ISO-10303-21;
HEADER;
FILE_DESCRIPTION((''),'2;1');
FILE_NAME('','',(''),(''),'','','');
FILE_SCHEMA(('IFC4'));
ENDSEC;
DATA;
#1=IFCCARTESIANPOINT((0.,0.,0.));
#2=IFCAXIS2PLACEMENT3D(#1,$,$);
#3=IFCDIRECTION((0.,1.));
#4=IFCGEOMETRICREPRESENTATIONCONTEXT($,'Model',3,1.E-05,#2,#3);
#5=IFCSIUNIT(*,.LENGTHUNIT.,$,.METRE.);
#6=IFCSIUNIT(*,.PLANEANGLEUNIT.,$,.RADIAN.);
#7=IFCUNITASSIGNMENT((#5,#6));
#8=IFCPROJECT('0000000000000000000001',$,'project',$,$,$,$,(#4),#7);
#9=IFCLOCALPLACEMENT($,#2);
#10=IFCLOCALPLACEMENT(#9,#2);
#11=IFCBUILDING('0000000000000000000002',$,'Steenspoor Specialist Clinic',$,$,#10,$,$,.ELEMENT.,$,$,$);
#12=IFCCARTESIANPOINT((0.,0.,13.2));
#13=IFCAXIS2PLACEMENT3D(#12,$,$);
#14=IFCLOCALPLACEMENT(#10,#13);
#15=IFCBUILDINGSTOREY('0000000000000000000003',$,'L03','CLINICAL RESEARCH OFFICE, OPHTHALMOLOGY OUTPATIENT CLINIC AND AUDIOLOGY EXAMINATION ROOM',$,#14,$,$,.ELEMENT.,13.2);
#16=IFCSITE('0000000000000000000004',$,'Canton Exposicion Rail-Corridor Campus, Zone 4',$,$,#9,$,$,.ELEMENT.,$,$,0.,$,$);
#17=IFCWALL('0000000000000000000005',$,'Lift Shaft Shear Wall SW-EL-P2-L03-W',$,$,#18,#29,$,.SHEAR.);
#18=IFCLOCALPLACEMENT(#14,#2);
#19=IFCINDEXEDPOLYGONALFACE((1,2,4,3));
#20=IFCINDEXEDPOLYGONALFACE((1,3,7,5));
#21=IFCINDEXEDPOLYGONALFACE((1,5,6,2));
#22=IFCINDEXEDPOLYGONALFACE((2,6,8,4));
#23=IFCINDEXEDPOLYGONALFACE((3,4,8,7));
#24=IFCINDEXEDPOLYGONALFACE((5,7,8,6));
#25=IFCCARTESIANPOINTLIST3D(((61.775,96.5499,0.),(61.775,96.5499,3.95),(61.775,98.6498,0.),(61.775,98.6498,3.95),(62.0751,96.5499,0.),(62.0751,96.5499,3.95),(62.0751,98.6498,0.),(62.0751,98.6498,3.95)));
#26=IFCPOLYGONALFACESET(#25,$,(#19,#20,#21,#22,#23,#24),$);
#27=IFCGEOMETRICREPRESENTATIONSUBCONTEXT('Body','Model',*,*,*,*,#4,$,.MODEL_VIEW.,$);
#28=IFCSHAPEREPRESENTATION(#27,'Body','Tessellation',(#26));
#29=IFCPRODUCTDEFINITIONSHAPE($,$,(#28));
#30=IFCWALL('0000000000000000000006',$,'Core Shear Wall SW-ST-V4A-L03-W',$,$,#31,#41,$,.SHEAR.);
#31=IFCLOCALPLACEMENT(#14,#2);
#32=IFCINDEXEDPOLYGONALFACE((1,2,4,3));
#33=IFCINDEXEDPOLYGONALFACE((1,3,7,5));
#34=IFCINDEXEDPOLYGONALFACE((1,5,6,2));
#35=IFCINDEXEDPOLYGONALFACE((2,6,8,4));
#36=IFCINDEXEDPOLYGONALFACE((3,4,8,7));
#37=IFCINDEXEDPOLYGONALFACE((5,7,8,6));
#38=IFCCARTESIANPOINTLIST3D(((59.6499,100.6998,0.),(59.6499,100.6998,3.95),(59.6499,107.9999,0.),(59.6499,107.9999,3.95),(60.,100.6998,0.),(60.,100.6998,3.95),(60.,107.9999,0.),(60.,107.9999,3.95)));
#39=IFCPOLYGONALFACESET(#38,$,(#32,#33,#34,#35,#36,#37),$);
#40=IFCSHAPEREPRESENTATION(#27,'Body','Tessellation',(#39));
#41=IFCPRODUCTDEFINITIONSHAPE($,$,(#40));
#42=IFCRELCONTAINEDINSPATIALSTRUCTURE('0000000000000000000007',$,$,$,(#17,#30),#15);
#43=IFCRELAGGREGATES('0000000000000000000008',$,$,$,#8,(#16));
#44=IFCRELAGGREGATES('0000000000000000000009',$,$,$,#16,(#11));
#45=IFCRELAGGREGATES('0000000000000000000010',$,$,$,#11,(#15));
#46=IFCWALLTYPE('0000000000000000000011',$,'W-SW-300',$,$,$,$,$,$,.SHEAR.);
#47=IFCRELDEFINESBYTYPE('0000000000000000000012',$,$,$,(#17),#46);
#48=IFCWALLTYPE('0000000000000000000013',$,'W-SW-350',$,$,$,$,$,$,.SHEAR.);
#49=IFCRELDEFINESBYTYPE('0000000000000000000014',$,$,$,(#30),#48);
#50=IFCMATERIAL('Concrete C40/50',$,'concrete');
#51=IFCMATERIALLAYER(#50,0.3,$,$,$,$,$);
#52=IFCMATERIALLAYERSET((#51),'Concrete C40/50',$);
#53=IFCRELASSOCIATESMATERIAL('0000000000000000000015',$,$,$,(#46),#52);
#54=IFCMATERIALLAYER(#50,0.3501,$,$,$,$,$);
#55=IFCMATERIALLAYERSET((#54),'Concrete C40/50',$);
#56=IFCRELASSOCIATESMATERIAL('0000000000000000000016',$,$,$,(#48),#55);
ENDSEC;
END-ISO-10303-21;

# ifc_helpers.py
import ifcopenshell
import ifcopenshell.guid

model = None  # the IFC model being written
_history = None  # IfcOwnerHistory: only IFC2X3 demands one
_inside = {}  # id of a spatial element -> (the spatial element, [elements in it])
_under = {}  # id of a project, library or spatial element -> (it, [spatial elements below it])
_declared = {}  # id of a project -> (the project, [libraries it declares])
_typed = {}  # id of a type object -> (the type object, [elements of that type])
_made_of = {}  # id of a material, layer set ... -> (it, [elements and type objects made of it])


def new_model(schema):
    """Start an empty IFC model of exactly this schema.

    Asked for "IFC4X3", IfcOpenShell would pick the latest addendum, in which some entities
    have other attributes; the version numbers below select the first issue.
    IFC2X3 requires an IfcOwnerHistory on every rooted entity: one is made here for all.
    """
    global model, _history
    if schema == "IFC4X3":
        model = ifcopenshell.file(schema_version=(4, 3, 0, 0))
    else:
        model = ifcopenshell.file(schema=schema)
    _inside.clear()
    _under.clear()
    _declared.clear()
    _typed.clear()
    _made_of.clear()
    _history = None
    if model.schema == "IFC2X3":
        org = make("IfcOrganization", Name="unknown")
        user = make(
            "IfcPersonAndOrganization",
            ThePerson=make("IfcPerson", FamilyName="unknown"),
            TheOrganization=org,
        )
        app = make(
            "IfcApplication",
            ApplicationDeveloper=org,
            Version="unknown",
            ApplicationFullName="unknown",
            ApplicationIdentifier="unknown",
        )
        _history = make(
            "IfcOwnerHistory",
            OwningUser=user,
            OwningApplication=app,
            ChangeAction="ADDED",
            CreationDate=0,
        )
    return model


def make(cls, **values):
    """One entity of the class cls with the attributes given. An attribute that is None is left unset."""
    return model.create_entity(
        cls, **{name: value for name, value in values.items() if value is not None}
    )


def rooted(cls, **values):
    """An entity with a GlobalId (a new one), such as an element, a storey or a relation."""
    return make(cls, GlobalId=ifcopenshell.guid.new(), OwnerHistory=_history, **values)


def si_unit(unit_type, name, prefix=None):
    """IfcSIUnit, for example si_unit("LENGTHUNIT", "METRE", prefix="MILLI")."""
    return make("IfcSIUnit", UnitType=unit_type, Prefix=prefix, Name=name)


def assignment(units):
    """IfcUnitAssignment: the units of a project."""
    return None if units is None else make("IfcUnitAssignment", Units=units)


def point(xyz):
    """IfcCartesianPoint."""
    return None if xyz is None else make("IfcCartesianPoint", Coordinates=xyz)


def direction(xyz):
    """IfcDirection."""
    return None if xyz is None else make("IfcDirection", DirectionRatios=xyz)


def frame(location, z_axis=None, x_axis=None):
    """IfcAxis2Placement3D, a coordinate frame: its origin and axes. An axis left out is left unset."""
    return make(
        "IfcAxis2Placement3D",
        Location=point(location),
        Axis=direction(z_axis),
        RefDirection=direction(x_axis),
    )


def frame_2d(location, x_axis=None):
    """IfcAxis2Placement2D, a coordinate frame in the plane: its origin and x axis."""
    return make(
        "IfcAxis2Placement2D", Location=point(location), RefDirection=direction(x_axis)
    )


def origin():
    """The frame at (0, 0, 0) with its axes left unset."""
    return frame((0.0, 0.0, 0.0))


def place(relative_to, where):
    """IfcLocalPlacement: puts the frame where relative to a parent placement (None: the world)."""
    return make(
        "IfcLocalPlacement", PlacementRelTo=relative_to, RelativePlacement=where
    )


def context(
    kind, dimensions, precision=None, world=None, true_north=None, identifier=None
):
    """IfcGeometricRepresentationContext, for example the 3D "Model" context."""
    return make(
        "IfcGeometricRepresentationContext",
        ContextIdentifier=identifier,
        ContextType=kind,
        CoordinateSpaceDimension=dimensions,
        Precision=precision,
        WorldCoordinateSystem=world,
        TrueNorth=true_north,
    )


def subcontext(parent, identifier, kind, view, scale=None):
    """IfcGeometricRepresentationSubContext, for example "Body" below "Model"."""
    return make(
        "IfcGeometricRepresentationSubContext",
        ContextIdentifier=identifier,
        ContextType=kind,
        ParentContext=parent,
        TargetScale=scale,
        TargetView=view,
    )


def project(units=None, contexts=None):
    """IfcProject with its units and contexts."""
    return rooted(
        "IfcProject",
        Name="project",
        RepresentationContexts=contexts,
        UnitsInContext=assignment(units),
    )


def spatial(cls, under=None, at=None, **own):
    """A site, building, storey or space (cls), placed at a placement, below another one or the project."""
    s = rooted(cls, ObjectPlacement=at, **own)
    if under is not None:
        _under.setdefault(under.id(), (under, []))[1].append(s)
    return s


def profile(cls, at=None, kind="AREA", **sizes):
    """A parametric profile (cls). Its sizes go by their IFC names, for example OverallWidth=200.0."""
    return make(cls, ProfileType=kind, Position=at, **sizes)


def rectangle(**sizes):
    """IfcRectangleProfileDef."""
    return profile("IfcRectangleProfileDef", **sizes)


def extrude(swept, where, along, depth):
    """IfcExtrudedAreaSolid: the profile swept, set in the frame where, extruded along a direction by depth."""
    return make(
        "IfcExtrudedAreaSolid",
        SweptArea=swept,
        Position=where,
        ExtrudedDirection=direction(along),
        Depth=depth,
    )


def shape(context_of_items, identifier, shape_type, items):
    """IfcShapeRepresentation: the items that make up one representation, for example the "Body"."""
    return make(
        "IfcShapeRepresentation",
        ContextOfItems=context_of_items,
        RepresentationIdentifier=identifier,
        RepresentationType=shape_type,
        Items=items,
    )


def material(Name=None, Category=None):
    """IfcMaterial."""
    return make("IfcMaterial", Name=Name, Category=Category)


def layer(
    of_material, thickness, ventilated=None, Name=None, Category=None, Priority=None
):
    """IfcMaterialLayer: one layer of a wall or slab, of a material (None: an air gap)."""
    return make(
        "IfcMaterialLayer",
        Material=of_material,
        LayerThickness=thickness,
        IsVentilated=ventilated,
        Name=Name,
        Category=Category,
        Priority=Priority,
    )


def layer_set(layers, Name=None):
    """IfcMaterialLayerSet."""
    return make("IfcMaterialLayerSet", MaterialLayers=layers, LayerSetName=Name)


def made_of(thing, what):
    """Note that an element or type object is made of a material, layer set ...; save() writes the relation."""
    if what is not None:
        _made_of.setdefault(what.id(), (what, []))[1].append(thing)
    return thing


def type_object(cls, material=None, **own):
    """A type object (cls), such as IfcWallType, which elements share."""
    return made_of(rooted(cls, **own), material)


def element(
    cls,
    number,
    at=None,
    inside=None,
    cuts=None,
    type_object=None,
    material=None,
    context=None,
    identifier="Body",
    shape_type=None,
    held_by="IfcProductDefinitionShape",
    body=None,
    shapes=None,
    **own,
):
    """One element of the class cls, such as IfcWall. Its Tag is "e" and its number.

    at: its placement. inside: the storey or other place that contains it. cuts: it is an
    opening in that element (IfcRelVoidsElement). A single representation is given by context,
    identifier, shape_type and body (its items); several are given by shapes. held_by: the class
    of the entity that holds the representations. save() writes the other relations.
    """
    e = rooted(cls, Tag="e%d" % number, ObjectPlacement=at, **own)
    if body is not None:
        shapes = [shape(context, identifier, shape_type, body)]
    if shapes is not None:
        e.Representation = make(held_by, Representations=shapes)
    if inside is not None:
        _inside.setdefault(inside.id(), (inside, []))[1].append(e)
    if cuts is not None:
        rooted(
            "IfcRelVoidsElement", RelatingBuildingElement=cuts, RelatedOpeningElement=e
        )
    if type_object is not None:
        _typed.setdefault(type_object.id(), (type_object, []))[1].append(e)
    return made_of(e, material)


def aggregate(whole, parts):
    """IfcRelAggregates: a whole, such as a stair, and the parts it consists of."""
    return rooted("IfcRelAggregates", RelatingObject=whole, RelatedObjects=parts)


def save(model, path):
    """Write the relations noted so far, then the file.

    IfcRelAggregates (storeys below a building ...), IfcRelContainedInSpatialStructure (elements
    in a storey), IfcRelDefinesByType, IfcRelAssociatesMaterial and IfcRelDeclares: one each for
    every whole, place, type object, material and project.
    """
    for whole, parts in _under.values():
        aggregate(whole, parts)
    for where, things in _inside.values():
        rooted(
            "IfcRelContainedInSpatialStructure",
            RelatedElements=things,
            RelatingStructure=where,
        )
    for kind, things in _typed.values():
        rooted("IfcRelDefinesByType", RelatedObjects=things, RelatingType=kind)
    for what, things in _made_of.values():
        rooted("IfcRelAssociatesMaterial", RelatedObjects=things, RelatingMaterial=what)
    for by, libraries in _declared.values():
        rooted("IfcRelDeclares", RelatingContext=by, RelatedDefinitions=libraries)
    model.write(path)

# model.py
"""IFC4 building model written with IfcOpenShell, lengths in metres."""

from ifc_helpers import new_model, si_unit, direction, frame, frame_2d, origin, place, context, subcontext, project, spatial, rectangle, extrude, material, layer, layer_set, type_object, element, save


model = new_model("IFC4")

# Units and contexts
model_context = context("Model", 3, precision=1e-05, world=origin(), true_north=direction((0.0, 1.0)))
body_context = subcontext(model_context, "Body", "Model", "MODEL_VIEW")
ifc_project = project(units=[si_unit("LENGTHUNIT", "METRE"), si_unit("PLANEANGLEUNIT", "RADIAN")], contexts=[model_context])

# Site, building, storey
site_placement = place(None, origin())
site = spatial("IfcSite", under=ifc_project, at=site_placement, Name="Canton Exposicion Rail-Corridor Campus, Zone 4", CompositionType="ELEMENT", RefElevation=0.0)
building_placement = place(site_placement, origin())
building = spatial("IfcBuilding", under=site, at=building_placement, Name="Steenspoor Specialist Clinic", CompositionType="ELEMENT")
storey_placement = place(building_placement, frame((0.0, 0.0, 13.2)))
storey = spatial("IfcBuildingStorey", under=building, at=storey_placement, Name="L03", Description="CLINICAL RESEARCH OFFICE, OPHTHALMOLOGY OUTPATIENT CLINIC AND AUDIOLOGY EXAMINATION ROOM", CompositionType="ELEMENT", Elevation=13.2)

# Shared definitions
ifc_material_1 = material(Name="Concrete C40/50", Category="concrete")

# Wall
ifc_layer_1 = layer(ifc_material_1, 0.3)
ifc_layer_set_1 = layer_set([ifc_layer_1], Name="Concrete C40/50")
wall_type_1 = type_object("IfcWallType", Name="W-SW-300", PredefinedType="SHEAR", material=ifc_layer_set_1)
wall_1_placement = place(storey_placement, frame((61.925, 96.55, 0.0), z_axis=(0.0, 0.0, 1.0), x_axis=(0.0, 1.0, 0.0)))
element("IfcWall", 1, at=wall_1_placement, inside=storey, type_object=wall_type_1, Name="Lift Shaft Shear Wall SW-EL-P2-L03-W", PredefinedType="SHEAR", context=body_context, shape_type="SweptSolid", body=[
    extrude(rectangle(XDim=2.0999, YDim=0.3, at=frame_2d((1.0498, 0.0))), origin(), (0.0, 0.0, 1.0), 3.95),
])

# Wall
ifc_layer_2 = layer(ifc_material_1, 0.3501)
ifc_layer_set_2 = layer_set([ifc_layer_2], Name="Concrete C40/50")
wall_type_2 = type_object("IfcWallType", Name="W-SW-350", PredefinedType="SHEAR", material=ifc_layer_set_2)
wall_2_placement = place(storey_placement, frame((59.825, 100.7, 0.0), z_axis=(0.0, 0.0, 1.0), x_axis=(0.0, 1.0, 0.0)))
element("IfcWall", 2, at=wall_2_placement, inside=storey, type_object=wall_type_2, Name="Core Shear Wall SW-ST-V4A-L03-W", PredefinedType="SHEAR", context=body_context, shape_type="SweptSolid", body=[
    extrude(rectangle(XDim=7.3, YDim=0.3501, at=frame_2d((3.6499, 0.0))), origin(), (0.0, 0.0, 1.0), 3.95),
])

save(model, "model.ifc")
